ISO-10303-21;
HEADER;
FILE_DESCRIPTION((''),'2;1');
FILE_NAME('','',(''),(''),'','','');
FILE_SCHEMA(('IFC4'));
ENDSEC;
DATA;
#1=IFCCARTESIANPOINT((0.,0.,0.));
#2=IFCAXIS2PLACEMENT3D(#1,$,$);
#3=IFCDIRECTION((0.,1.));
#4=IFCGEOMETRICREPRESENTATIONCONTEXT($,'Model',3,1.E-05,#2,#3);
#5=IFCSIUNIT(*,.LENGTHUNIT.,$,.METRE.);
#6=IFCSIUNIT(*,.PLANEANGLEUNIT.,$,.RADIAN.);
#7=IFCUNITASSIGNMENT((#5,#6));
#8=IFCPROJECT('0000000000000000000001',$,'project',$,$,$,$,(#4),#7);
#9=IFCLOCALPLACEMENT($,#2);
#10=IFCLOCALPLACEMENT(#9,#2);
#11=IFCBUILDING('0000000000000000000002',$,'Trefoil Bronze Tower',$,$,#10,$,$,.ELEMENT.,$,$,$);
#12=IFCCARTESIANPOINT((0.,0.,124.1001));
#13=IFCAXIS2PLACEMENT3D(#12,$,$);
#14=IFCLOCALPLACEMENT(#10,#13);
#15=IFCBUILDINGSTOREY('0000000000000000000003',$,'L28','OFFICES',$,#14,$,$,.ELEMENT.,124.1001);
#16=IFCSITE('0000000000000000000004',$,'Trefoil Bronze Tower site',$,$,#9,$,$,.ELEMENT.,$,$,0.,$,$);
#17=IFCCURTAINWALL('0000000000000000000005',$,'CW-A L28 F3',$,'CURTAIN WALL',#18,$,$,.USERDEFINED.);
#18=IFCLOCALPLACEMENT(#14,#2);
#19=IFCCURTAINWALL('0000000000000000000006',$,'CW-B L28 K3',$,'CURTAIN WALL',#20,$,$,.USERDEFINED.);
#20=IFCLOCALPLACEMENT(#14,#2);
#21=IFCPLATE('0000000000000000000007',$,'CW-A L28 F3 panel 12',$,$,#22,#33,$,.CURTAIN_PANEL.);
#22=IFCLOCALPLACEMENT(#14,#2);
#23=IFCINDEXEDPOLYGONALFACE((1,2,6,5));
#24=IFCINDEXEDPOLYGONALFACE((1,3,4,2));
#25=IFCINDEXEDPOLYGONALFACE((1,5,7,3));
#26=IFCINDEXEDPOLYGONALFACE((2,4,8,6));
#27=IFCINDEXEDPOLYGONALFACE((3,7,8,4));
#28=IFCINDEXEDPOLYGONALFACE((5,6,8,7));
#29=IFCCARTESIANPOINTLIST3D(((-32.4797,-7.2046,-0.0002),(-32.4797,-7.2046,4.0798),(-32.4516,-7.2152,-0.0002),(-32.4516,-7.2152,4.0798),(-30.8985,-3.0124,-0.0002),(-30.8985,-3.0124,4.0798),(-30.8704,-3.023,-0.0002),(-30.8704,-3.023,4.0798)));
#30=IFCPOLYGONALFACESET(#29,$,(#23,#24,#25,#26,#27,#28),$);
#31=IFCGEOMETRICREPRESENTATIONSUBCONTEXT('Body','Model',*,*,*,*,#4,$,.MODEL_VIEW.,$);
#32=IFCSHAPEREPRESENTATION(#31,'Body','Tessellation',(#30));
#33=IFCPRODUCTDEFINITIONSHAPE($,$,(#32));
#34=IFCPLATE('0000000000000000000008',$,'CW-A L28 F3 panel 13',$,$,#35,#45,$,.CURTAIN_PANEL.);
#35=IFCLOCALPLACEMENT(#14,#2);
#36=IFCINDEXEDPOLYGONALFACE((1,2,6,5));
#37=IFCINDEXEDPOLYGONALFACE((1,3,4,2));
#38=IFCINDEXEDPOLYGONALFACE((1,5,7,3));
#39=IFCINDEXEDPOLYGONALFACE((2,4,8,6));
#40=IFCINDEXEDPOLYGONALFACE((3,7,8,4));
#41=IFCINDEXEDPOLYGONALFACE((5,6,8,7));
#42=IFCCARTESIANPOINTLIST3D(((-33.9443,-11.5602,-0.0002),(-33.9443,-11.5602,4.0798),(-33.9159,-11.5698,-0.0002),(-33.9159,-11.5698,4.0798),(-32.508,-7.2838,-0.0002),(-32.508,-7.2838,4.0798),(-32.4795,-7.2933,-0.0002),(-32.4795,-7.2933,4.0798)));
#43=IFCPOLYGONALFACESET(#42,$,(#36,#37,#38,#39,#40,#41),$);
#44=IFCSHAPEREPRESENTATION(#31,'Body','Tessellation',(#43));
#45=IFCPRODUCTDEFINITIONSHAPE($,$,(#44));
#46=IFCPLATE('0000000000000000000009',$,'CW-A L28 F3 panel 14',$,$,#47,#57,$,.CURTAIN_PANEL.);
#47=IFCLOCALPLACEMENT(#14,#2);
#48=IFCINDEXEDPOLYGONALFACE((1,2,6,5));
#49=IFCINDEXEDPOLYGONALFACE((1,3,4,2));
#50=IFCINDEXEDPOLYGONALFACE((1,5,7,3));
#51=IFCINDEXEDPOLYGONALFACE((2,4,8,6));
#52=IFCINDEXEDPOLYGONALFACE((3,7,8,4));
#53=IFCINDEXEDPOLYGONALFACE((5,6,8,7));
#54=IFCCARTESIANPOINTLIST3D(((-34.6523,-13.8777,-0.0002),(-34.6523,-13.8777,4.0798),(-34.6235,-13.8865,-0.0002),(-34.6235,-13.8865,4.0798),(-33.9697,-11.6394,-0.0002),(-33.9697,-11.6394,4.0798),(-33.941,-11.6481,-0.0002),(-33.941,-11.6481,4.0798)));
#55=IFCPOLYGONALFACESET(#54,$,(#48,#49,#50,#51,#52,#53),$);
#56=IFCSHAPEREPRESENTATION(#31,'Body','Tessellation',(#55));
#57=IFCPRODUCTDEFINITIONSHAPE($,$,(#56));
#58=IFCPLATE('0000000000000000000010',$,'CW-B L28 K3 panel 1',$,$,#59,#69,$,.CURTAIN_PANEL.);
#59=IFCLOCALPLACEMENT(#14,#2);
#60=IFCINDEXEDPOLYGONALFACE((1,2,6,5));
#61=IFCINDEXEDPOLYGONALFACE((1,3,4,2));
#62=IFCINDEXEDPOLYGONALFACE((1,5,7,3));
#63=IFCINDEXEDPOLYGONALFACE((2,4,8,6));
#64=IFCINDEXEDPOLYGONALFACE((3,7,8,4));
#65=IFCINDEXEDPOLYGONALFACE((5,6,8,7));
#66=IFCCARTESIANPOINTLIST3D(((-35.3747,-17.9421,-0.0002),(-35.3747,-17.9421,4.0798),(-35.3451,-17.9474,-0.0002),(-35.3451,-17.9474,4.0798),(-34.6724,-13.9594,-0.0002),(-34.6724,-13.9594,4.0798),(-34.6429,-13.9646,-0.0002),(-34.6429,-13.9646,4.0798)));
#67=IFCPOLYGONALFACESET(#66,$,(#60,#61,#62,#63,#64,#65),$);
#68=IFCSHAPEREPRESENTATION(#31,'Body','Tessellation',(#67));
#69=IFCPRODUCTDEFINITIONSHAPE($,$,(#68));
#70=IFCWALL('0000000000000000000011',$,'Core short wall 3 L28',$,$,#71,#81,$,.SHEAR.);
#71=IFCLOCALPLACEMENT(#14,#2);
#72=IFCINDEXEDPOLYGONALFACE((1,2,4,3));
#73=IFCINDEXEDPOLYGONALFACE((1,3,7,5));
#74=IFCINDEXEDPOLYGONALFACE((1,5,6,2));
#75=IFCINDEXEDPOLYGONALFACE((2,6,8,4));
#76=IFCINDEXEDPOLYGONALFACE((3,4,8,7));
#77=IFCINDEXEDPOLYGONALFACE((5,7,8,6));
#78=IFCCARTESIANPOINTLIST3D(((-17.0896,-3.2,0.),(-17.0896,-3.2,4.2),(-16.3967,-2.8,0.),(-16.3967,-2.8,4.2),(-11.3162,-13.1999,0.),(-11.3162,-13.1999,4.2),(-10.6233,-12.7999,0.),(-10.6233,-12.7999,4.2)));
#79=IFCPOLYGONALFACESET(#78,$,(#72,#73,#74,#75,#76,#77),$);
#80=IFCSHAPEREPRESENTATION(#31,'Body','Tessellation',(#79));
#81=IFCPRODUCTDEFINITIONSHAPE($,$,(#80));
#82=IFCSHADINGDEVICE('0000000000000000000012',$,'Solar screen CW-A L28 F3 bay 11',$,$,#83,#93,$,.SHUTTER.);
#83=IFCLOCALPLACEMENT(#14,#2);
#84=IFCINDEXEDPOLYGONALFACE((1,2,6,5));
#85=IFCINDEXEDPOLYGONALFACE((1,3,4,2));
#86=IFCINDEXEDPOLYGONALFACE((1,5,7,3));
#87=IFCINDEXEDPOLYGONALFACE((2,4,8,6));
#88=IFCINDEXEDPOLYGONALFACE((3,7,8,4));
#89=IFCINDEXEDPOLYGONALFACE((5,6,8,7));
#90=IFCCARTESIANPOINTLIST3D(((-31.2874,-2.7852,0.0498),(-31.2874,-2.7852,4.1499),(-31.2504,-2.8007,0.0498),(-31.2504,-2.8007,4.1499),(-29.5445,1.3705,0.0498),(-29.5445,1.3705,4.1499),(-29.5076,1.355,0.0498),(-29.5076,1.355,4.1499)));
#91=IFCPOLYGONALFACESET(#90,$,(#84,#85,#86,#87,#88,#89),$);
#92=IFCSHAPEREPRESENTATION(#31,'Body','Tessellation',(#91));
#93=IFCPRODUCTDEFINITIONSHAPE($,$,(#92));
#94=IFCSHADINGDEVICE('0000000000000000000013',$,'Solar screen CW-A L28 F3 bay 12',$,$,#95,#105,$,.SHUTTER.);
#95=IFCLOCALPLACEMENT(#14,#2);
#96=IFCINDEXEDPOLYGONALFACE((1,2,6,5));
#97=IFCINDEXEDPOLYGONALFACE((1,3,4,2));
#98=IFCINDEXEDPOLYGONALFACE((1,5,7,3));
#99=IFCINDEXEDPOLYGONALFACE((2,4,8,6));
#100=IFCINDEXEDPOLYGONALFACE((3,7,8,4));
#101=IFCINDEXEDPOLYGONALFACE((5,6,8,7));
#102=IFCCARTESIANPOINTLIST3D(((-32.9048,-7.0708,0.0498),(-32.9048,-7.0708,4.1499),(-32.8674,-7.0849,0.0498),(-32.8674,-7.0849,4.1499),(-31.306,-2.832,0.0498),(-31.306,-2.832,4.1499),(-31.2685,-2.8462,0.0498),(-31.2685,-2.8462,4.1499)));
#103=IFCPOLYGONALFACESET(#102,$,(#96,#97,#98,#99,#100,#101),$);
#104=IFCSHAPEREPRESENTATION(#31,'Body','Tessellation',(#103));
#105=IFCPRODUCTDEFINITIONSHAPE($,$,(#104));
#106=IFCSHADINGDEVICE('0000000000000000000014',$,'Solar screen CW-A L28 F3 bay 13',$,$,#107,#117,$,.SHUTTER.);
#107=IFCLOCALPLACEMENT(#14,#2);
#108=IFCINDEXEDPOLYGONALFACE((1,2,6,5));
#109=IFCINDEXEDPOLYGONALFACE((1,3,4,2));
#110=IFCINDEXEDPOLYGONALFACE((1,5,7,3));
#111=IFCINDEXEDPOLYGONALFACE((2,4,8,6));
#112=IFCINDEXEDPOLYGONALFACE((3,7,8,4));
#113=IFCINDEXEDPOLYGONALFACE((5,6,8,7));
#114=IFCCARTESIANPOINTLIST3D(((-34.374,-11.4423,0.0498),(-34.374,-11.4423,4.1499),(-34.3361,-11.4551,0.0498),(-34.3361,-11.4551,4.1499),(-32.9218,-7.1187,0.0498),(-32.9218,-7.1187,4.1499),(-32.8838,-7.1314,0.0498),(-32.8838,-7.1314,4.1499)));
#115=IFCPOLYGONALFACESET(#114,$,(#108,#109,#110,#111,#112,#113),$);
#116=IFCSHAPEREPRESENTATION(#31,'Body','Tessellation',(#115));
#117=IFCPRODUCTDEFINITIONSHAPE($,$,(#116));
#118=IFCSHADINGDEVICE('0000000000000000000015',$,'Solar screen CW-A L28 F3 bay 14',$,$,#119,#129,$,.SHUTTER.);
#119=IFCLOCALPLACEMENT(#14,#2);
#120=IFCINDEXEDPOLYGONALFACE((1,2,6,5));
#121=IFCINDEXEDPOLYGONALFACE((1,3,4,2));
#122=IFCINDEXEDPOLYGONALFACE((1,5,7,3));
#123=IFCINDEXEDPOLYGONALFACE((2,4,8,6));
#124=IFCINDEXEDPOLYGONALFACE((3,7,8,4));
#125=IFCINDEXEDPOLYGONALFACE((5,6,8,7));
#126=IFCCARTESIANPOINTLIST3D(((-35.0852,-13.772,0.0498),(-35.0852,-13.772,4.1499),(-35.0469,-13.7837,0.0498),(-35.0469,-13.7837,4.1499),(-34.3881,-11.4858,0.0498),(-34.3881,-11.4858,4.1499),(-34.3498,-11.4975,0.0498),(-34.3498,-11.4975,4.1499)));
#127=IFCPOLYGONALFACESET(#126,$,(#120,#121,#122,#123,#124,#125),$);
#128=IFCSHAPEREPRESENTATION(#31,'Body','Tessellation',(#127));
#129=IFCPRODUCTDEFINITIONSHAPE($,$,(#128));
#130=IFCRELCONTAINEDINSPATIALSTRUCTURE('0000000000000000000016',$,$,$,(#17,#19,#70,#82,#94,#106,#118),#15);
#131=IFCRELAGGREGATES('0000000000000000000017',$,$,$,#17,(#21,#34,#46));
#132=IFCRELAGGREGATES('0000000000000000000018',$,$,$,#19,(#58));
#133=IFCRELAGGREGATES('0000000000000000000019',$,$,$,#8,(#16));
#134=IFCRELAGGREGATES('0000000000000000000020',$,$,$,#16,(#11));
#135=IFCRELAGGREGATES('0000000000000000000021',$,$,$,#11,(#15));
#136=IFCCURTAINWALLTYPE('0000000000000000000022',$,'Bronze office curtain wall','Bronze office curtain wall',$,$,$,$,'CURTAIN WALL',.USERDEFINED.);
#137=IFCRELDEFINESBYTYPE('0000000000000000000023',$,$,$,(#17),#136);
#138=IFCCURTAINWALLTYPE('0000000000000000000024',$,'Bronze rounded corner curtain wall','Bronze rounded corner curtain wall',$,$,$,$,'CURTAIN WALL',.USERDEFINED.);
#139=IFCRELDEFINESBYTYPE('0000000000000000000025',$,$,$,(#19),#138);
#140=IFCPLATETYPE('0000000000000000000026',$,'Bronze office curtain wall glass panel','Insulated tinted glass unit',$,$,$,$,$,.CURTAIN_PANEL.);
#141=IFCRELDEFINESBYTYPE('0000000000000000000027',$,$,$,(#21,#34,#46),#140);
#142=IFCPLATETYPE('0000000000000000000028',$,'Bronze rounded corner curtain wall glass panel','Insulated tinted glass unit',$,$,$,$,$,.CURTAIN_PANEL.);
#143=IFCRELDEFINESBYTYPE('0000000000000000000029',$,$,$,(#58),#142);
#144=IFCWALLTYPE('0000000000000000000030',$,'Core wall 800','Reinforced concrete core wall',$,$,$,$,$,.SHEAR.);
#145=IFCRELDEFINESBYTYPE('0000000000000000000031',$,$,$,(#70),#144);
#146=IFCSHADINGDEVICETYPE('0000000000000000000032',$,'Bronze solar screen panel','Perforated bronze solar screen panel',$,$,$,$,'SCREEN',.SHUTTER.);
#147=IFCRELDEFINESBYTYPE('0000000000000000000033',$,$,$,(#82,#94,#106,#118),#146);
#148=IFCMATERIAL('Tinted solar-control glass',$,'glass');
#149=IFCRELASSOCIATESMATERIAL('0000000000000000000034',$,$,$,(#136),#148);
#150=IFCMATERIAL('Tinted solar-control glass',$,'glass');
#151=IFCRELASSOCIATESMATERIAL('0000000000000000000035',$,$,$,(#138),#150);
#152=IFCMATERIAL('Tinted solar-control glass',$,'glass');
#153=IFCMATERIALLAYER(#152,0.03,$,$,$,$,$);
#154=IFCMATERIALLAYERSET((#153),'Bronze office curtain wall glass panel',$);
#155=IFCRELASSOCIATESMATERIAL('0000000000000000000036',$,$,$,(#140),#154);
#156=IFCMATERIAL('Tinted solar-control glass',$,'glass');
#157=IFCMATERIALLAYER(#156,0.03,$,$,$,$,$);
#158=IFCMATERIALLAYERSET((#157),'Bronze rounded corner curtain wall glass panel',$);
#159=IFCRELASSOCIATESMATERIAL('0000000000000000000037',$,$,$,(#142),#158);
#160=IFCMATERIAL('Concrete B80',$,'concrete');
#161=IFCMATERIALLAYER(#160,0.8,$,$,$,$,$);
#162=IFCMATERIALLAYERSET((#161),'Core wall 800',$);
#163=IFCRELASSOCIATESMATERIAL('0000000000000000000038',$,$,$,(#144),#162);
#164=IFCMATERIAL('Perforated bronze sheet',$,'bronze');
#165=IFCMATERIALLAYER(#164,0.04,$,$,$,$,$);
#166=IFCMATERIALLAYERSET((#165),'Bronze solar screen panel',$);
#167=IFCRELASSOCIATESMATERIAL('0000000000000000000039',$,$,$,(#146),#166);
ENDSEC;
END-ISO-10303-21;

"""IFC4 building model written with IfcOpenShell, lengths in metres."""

from ifc_helpers import new_model, si_unit, direction, frame, frame_2d, origin, origin_2d, place, context, subcontext, project, spatial, rectangle, extrude, material, layer, layer_set, type_object, element, aggregate, save


model = new_model("IFC4")

# Units and contexts
model_context = context("Model", 3, precision=1e-05, world=origin(), true_north=direction((0.0, 1.0)))
body_context = subcontext(model_context, "Body", "Model", "MODEL_VIEW")
ifc_project = project(units=[si_unit("LENGTHUNIT", "METRE"), si_unit("PLANEANGLEUNIT", "RADIAN")], contexts=[model_context])

# Site, building, storey
site_placement = place(None, origin())
site = spatial("IfcSite", under=ifc_project, at=site_placement, Name="Trefoil Bronze Tower site", CompositionType="ELEMENT", RefElevation=0.0)
building_placement = place(site_placement, origin())
building = spatial("IfcBuilding", under=site, at=building_placement, Name="Trefoil Bronze Tower", CompositionType="ELEMENT")
storey_placement = place(building_placement, frame((0.0, 0.0, 124.1001)))
storey = spatial("IfcBuildingStorey", under=building, at=storey_placement, Name="L28", Description="OFFICES", CompositionType="ELEMENT", Elevation=124.1001)

# Curtain walls
ifc_material_1 = material(Name="Tinted solar-control glass", Category="glass")
curtain_wall_type_1 = type_object("IfcCurtainWallType", Name="Bronze office curtain wall", Description="Bronze office curtain wall", ElementType="CURTAIN WALL", PredefinedType="USERDEFINED", material=ifc_material_1)
curtain_wall_1_placement = place(storey_placement, origin())
curtain_wall_1 = element("IfcCurtainWall", 1, at=curtain_wall_1_placement, inside=storey, type_object=curtain_wall_type_1, Name="CW-A L28 F3", ObjectType="CURTAIN WALL", PredefinedType="USERDEFINED")
ifc_material_2 = material(Name="Tinted solar-control glass", Category="glass")
curtain_wall_type_2 = type_object("IfcCurtainWallType", Name="Bronze rounded corner curtain wall", Description="Bronze rounded corner curtain wall", ElementType="CURTAIN WALL", PredefinedType="USERDEFINED", material=ifc_material_2)
curtain_wall_2_placement = place(storey_placement, origin())
curtain_wall_2 = element("IfcCurtainWall", 2, at=curtain_wall_2_placement, inside=storey, type_object=curtain_wall_type_2, Name="CW-B L28 K3", ObjectType="CURTAIN WALL", PredefinedType="USERDEFINED")

# Plates
ifc_material_3 = material(Name="Tinted solar-control glass", Category="glass")
ifc_layer_1 = layer(ifc_material_3, 0.03)
ifc_layer_set_1 = layer_set([ifc_layer_1], Name="Bronze office curtain wall glass panel")
plate_type_1 = type_object("IfcPlateType", Name="Bronze office curtain wall glass panel", Description="Insulated tinted glass unit", PredefinedType="CURTAIN_PANEL", material=ifc_layer_set_1)
plate_1_placement = place(storey_placement, frame((-31.675, -5.1138, -0.0002), z_axis=(0.0, 0.0, 1.0), x_axis=(-0.35292, -0.935654, 0.0)))
plate_1 = element("IfcPlate", 3, at=plate_1_placement, type_object=plate_type_1, Name="CW-A L28 F3 panel 12", PredefinedType="CURTAIN_PANEL", context=body_context, shape_type="SweptSolid", body=[
    extrude(rectangle(XDim=4.4805, YDim=0.03, at=origin_2d()), origin(), (0.0, 0.0, 1.0), 4.0801),
])
plate_2_placement = place(storey_placement, frame((-33.2119, -9.4268, -0.0002), z_axis=(0.0, 0.0, 1.0), x_axis=(-0.318404, -0.947955, 0.0)))
plate_2 = element("IfcPlate", 4, at=plate_2_placement, type_object=plate_type_1, Name="CW-A L28 F3 panel 13", PredefinedType="CURTAIN_PANEL", context=body_context, shape_type="SweptSolid", body=[
    extrude(rectangle(XDim=4.5112, YDim=0.03, at=origin_2d()), origin(), (0.0, 0.0, 1.0), 4.0801),
])
plate_3_placement = place(storey_placement, frame((-34.2966, -12.7629, -0.0002), z_axis=(0.0, 0.0, 1.0), x_axis=(-0.291669, -0.956519, 0.0)))
plate_3 = element("IfcPlate", 5, at=plate_3_placement, type_object=plate_type_1, Name="CW-A L28 F3 panel 14", PredefinedType="CURTAIN_PANEL", context=body_context, shape_type="SweptSolid", body=[
    extrude(rectangle(XDim=2.3401, YDim=0.03, at=origin_2d()), origin(), (0.0, 0.0, 1.0), 4.0801),
])
aggregate(curtain_wall_1, [plate_1, plate_2, plate_3])
ifc_material_4 = material(Name="Tinted solar-control glass", Category="glass")
ifc_layer_2 = layer(ifc_material_4, 0.03)
ifc_layer_set_2 = layer_set([ifc_layer_2], Name="Bronze rounded corner curtain wall glass panel")
plate_type_2 = type_object("IfcPlateType", Name="Bronze rounded corner curtain wall glass panel", Description="Insulated tinted glass unit", PredefinedType="CURTAIN_PANEL", material=ifc_layer_set_2)
plate_4_placement = place(storey_placement, frame((-35.0088, -15.9534, -0.0002), z_axis=(0.0, 0.0, 1.0), x_axis=(-0.173648, -0.984808, 0.0)))
plate_4 = element("IfcPlate", 6, at=plate_4_placement, type_object=plate_type_2, Name="CW-B L28 K3 panel 1", PredefinedType="CURTAIN_PANEL", context=body_context, shape_type="SweptSolid", body=[
    extrude(rectangle(XDim=4.0442, YDim=0.03, at=origin_2d()), origin(), (0.0, 0.0, 1.0), 4.0801),
])
aggregate(curtain_wall_2, [plate_4])

# Wall
ifc_material_5 = material(Name="Concrete B80", Category="concrete")
ifc_layer_3 = layer(ifc_material_5, 0.8)
ifc_layer_set_3 = layer_set([ifc_layer_3], Name="Core wall 800")
wall_type = type_object("IfcWallType", Name="Core wall 800", Description="Reinforced concrete core wall", PredefinedType="SHEAR", material=ifc_layer_set_3)
wall_placement = place(storey_placement, frame((-16.7432, -3.0, 0.0), z_axis=(0.0, 0.0, 1.0), x_axis=(0.499996, -0.866028, 0.0)))
element("IfcWall", 7, at=wall_placement, inside=storey, type_object=wall_type, Name="Core short wall 3 L28", PredefinedType="SHEAR", context=body_context, shape_type="SweptSolid", body=[
    extrude(rectangle(XDim=11.5469, YDim=0.8, at=frame_2d((5.7734, 0.0))), origin(), (0.0, 0.0, 1.0), 4.2),
])

# Shading devices
ifc_material_6 = material(Name="Perforated bronze sheet", Category="bronze")
ifc_layer_4 = layer(ifc_material_6, 0.04)
ifc_layer_set_4 = layer_set([ifc_layer_4], Name="Bronze solar screen panel")
shading_device_type = type_object("IfcShadingDeviceType", Name="Bronze solar screen panel", Description="Perforated bronze solar screen panel", ElementType="SCREEN", PredefinedType="SHUTTER", material=ifc_layer_set_4)
shading_device_1_placement = place(storey_placement, frame((-30.3975, -0.7151, 0.0498), z_axis=(0.0, 0.0, 1.0), x_axis=(-0.386759, -0.922181, 0.0)))
element("IfcShadingDevice", 8, at=shading_device_1_placement, inside=storey, type_object=shading_device_type, Name="Solar screen CW-A L28 F3 bay 11", PredefinedType="SHUTTER", context=body_context, shape_type="SweptSolid", body=[
    extrude(rectangle(XDim=4.5063, YDim=0.04, at=origin_2d()), origin(), (0.0, 0.0, 1.0), 4.1001),
])
shading_device_2_placement = place(storey_placement, frame((-32.0867, -4.9585, 0.0498), z_axis=(0.0, 0.0, 1.0), x_axis=(-0.35292, -0.935654, 0.0)))
element("IfcShadingDevice", 9, at=shading_device_2_placement, inside=storey, type_object=shading_device_type, Name="Solar screen CW-A L28 F3 bay 12", PredefinedType="SHUTTER", context=body_context, shape_type="SweptSolid", body=[
    extrude(rectangle(XDim=4.5303, YDim=0.04, at=origin_2d()), origin(), (0.0, 0.0, 1.0), 4.1001),
])
shading_device_3_placement = place(storey_placement, frame((-33.6289, -9.2869, 0.0498), z_axis=(0.0, 0.0, 1.0), x_axis=(-0.318404, -0.947955, 0.0)))
element("IfcShadingDevice", 10, at=shading_device_3_placement, inside=storey, type_object=shading_device_type, Name="Solar screen CW-A L28 F3 bay 13", PredefinedType="SHUTTER", context=body_context, shape_type="SweptSolid", body=[
    extrude(rectangle(XDim=4.561, YDim=0.04, at=origin_2d()), origin(), (0.0, 0.0, 1.0), 4.1001),
])
shading_device_4_placement = place(storey_placement, frame((-34.7175, -12.6348, 0.0498), z_axis=(0.0, 0.0, 1.0), x_axis=(-0.291669, -0.956519, 0.0)))
element("IfcShadingDevice", 11, at=shading_device_4_placement, inside=storey, type_object=shading_device_type, Name="Solar screen CW-A L28 F3 bay 14", PredefinedType="SHUTTER", context=body_context, shape_type="SweptSolid", body=[
    extrude(rectangle(XDim=2.3901, YDim=0.04, at=origin_2d()), origin(), (0.0, 0.0, 1.0), 4.1001),
])

save(model, "model.ifc")
